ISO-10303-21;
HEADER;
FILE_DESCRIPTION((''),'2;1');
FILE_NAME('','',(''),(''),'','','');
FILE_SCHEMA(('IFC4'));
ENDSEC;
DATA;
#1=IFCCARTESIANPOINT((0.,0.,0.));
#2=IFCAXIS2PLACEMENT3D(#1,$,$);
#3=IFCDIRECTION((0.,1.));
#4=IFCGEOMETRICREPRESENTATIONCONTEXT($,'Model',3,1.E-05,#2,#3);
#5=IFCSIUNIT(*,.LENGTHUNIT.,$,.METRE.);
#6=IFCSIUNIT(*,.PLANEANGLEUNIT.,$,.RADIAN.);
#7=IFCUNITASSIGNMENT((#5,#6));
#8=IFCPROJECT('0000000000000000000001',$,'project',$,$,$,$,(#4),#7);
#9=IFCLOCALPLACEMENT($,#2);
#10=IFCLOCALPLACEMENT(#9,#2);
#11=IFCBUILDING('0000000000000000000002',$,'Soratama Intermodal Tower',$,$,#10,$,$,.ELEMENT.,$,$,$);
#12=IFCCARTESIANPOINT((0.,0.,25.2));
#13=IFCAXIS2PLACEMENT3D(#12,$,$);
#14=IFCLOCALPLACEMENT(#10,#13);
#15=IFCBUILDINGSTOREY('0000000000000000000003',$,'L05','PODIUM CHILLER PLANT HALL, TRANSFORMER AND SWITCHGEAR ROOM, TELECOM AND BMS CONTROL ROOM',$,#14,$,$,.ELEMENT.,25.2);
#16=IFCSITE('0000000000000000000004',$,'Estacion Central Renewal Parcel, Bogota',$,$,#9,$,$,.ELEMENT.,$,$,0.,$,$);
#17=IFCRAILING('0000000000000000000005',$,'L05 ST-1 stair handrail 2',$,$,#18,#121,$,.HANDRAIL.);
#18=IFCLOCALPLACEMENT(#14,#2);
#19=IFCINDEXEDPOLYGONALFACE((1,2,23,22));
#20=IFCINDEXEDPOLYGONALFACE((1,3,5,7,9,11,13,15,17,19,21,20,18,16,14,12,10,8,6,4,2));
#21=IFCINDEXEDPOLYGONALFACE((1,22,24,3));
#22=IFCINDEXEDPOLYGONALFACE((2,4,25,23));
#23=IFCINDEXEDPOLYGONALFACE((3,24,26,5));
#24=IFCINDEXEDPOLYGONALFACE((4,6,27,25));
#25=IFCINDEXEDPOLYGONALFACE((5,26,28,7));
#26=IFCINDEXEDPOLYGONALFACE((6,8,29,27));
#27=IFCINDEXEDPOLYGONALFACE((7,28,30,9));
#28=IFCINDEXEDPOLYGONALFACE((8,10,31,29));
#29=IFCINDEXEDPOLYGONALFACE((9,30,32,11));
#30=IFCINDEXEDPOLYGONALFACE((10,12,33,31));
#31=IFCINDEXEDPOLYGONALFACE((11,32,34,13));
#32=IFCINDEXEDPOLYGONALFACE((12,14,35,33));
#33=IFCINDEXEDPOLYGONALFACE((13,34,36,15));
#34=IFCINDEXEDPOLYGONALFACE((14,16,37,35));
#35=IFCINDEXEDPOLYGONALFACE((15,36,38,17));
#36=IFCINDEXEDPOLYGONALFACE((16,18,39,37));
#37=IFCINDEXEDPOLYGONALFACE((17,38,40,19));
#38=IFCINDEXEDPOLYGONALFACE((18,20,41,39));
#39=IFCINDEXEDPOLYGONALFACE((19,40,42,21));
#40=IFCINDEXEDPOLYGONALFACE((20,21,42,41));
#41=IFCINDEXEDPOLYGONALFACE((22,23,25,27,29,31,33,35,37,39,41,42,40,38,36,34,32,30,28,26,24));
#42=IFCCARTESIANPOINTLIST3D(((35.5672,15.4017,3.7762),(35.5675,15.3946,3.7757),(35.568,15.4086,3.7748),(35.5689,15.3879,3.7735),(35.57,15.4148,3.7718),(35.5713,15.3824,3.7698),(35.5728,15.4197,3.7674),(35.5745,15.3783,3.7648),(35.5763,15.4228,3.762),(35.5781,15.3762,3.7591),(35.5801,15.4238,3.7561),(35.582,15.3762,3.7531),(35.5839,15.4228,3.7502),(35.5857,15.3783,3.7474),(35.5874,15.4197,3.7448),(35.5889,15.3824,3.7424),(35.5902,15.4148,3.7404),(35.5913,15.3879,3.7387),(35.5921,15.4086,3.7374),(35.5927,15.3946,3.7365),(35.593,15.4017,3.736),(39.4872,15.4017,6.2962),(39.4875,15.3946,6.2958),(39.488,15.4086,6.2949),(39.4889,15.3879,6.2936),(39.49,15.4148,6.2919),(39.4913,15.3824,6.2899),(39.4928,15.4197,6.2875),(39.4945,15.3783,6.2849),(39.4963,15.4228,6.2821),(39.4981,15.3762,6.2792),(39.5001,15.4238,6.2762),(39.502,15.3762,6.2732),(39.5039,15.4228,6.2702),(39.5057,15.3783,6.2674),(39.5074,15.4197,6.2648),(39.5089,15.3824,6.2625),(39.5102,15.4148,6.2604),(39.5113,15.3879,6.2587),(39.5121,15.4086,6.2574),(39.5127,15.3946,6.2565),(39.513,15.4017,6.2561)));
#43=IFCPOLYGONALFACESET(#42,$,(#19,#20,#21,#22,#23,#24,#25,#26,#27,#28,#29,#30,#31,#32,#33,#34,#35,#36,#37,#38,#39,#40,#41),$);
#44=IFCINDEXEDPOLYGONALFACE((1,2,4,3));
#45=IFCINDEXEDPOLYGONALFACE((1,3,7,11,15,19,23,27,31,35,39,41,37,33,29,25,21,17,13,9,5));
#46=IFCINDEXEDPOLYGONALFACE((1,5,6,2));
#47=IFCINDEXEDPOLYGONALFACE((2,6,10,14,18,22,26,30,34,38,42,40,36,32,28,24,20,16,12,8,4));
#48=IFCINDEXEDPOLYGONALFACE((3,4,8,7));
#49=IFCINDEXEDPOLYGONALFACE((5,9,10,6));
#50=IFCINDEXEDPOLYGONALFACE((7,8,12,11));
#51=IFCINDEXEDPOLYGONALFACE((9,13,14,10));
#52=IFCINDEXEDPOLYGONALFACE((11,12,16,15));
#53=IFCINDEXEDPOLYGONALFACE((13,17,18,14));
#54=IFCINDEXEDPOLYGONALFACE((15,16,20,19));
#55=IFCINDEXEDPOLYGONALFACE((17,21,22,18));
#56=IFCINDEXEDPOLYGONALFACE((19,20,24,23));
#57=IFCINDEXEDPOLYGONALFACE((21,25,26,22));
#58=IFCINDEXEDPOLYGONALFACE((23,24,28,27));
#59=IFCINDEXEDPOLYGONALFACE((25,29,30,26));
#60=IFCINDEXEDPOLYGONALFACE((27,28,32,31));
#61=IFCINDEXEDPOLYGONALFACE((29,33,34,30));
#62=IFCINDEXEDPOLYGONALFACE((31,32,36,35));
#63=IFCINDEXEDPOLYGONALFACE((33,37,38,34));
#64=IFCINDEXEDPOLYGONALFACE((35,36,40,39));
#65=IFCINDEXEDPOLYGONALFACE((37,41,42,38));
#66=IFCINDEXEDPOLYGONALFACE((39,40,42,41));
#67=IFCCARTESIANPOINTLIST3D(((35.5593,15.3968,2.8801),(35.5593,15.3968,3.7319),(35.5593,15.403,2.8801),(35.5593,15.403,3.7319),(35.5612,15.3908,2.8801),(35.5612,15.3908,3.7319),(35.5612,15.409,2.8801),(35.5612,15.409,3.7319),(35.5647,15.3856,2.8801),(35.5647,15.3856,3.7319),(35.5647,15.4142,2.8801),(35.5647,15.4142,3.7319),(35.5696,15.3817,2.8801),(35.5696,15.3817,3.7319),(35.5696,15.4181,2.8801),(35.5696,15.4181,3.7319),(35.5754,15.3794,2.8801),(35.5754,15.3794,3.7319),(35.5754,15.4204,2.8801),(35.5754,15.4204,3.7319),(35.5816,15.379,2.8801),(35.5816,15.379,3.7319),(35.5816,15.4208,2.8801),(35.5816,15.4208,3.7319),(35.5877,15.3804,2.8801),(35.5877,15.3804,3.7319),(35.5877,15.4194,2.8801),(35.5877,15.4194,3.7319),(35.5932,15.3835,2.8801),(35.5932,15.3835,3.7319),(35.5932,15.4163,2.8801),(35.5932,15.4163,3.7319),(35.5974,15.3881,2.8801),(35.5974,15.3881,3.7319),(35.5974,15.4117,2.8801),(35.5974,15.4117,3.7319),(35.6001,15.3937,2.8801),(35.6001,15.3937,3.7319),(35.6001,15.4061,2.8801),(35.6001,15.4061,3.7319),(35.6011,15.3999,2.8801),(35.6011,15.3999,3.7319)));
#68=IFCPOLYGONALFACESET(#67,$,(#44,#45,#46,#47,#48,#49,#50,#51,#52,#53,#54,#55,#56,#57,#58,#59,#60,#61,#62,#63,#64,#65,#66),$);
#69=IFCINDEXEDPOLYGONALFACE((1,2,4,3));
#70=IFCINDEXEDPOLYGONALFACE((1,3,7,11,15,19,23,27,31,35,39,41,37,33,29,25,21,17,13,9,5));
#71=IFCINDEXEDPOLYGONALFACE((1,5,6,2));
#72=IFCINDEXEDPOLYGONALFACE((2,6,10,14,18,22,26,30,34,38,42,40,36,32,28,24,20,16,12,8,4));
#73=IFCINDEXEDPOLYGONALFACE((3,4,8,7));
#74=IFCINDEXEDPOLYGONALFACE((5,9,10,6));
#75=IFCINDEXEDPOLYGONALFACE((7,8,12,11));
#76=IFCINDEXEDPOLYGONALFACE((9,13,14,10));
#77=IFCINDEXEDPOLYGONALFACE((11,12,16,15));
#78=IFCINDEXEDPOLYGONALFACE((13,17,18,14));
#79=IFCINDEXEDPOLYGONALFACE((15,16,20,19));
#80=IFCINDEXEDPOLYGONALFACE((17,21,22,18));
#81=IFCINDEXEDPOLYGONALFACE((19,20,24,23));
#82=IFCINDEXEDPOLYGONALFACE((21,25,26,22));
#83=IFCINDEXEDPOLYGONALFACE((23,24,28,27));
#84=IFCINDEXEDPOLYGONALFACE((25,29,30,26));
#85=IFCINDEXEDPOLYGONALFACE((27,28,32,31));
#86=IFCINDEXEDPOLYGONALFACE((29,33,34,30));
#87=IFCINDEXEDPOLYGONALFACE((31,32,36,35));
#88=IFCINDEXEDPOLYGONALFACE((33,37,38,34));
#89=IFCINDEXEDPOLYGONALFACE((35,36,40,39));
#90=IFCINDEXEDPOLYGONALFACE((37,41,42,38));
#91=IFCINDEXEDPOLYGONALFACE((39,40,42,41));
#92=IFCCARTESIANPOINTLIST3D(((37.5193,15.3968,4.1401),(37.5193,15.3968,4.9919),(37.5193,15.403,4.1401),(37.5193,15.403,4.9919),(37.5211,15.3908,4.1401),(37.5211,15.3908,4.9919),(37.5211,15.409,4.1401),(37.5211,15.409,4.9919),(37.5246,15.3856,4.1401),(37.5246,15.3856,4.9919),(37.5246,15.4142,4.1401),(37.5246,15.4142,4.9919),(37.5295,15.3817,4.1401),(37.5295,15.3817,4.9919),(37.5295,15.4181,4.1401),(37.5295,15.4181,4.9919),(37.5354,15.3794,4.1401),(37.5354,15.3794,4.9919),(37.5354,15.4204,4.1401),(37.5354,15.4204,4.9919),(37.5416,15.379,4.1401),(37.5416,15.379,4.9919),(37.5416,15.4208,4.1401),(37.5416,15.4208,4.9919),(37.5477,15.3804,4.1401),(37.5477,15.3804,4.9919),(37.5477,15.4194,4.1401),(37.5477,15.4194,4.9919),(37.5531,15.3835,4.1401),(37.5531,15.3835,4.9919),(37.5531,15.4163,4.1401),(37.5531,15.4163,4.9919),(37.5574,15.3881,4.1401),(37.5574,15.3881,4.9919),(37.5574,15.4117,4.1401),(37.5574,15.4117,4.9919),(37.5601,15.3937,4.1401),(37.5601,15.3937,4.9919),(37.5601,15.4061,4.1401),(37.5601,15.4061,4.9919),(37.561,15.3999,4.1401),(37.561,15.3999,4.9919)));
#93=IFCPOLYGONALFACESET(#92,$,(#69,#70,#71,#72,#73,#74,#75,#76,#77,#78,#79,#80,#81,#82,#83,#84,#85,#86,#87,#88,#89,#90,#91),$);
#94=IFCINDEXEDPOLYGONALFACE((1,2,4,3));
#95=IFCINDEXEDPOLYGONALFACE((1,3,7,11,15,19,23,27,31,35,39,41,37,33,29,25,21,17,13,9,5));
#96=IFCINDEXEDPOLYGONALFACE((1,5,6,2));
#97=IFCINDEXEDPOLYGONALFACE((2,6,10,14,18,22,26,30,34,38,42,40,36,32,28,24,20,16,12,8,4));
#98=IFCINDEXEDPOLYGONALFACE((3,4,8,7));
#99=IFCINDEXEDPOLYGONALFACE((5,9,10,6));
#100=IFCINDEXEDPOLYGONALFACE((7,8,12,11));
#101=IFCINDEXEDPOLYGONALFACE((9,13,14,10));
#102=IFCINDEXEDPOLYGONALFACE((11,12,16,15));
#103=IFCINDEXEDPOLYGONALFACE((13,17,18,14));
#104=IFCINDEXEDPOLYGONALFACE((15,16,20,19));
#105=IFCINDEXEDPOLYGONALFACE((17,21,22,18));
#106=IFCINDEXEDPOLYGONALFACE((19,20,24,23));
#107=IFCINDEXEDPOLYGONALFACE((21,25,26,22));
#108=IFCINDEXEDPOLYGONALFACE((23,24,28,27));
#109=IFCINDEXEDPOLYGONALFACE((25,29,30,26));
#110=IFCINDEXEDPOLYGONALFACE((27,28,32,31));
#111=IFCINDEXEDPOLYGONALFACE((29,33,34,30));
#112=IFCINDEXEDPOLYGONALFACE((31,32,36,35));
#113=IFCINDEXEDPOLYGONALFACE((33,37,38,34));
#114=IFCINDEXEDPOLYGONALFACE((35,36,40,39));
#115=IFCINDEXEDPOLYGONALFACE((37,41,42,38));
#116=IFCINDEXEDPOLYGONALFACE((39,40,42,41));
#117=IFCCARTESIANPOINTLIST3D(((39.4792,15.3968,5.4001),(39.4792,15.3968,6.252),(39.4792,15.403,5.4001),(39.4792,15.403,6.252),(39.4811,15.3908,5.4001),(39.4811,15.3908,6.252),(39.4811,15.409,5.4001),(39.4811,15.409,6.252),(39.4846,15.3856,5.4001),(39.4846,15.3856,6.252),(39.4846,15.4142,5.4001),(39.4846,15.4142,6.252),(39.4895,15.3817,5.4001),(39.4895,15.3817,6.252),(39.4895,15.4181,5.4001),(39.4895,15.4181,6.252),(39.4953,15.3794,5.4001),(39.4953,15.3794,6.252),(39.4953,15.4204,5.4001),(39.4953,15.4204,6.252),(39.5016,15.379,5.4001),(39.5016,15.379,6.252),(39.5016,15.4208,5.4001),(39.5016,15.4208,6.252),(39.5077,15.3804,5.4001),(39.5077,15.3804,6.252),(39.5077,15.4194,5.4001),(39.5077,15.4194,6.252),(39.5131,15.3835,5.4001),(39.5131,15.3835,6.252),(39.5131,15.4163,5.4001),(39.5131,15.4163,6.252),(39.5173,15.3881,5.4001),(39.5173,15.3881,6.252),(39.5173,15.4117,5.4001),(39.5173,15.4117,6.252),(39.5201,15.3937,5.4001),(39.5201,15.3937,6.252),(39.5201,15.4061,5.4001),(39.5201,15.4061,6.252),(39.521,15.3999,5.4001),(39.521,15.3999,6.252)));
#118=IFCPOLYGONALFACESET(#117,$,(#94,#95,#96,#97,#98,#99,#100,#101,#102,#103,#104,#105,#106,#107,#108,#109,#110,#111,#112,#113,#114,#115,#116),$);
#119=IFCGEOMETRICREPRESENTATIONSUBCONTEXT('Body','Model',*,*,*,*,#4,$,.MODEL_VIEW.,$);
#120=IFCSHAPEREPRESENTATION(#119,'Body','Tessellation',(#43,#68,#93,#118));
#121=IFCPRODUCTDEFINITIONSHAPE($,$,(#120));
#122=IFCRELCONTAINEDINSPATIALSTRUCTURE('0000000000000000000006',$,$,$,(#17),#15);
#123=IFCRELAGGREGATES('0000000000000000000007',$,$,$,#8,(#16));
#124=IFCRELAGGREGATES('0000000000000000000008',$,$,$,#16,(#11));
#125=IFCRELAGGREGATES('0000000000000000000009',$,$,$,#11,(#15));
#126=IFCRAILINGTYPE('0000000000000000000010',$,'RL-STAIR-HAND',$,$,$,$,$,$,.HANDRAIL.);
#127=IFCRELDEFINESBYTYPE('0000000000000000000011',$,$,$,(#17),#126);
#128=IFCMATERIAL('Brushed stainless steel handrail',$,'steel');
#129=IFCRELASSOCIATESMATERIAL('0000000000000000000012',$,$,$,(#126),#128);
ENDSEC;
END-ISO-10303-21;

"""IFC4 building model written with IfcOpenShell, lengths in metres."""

from ifc_helpers import new_model, si_unit, direction, frame, origin, origin_2d, place, context, subcontext, project, spatial, circle, extrude, material, type_object, element, save


model = new_model("IFC4")

# Units and contexts
model_context = context("Model", 3, precision=1e-05, world=origin(), true_north=direction((0.0, 1.0)))
body_context = subcontext(model_context, "Body", "Model", "MODEL_VIEW")
ifc_project = project(units=[si_unit("LENGTHUNIT", "METRE"), si_unit("PLANEANGLEUNIT", "RADIAN")], contexts=[model_context])

# Site, building, storey
site_placement = place(None, origin())
site = spatial("IfcSite", under=ifc_project, at=site_placement, Name="Estacion Central Renewal Parcel, Bogota", CompositionType="ELEMENT", RefElevation=0.0)
building_placement = place(site_placement, origin())
building = spatial("IfcBuilding", under=site, at=building_placement, Name="Soratama Intermodal Tower", CompositionType="ELEMENT")
storey_placement = place(building_placement, frame((0.0, 0.0, 25.2)))
storey = spatial("IfcBuildingStorey", under=building, at=storey_placement, Name="L05", Description="PODIUM CHILLER PLANT HALL, TRANSFORMER AND SWITCHGEAR ROOM, TELECOM AND BMS CONTROL ROOM", CompositionType="ELEMENT", Elevation=25.2)

# Railing
ifc_material_1 = material(Name="Brushed stainless steel handrail", Category="steel")
railing_type_1 = type_object("IfcRailingType", Name="RL-STAIR-HAND", PredefinedType="HANDRAIL", material=ifc_material_1)
railing_1_placement = place(storey_placement, frame((35.5801, 15.3999, 2.8801)))
element("IfcRailing", 1, at=railing_1_placement, inside=storey, type_object=railing_type_1, Name="L05 ST-1 stair handrail 2", PredefinedType="HANDRAIL", context=body_context, shape_type="SweptSolid", body=[
    extrude(circle(Radius=0.0239, at=origin_2d()), frame((0.0, 0.0, 0.876), z_axis=(0.841172, 0.0, 0.540768), x_axis=(0.0, 1.0, 0.0)), (0.0, 0.0, 1.0), 4.6602),
    extrude(circle(Radius=0.021, at=origin_2d()), origin(), (0.0, 0.0, 1.0), 0.8518),
    extrude(circle(Radius=0.021, at=origin_2d()), frame((1.96, 0.0, 1.26)), (0.0, 0.0, 1.0), 0.8518),
    extrude(circle(Radius=0.021, at=origin_2d()), frame((3.9199, 0.0, 2.52)), (0.0, 0.0, 1.0), 0.8518),
])

save(model, "model.ifc")
